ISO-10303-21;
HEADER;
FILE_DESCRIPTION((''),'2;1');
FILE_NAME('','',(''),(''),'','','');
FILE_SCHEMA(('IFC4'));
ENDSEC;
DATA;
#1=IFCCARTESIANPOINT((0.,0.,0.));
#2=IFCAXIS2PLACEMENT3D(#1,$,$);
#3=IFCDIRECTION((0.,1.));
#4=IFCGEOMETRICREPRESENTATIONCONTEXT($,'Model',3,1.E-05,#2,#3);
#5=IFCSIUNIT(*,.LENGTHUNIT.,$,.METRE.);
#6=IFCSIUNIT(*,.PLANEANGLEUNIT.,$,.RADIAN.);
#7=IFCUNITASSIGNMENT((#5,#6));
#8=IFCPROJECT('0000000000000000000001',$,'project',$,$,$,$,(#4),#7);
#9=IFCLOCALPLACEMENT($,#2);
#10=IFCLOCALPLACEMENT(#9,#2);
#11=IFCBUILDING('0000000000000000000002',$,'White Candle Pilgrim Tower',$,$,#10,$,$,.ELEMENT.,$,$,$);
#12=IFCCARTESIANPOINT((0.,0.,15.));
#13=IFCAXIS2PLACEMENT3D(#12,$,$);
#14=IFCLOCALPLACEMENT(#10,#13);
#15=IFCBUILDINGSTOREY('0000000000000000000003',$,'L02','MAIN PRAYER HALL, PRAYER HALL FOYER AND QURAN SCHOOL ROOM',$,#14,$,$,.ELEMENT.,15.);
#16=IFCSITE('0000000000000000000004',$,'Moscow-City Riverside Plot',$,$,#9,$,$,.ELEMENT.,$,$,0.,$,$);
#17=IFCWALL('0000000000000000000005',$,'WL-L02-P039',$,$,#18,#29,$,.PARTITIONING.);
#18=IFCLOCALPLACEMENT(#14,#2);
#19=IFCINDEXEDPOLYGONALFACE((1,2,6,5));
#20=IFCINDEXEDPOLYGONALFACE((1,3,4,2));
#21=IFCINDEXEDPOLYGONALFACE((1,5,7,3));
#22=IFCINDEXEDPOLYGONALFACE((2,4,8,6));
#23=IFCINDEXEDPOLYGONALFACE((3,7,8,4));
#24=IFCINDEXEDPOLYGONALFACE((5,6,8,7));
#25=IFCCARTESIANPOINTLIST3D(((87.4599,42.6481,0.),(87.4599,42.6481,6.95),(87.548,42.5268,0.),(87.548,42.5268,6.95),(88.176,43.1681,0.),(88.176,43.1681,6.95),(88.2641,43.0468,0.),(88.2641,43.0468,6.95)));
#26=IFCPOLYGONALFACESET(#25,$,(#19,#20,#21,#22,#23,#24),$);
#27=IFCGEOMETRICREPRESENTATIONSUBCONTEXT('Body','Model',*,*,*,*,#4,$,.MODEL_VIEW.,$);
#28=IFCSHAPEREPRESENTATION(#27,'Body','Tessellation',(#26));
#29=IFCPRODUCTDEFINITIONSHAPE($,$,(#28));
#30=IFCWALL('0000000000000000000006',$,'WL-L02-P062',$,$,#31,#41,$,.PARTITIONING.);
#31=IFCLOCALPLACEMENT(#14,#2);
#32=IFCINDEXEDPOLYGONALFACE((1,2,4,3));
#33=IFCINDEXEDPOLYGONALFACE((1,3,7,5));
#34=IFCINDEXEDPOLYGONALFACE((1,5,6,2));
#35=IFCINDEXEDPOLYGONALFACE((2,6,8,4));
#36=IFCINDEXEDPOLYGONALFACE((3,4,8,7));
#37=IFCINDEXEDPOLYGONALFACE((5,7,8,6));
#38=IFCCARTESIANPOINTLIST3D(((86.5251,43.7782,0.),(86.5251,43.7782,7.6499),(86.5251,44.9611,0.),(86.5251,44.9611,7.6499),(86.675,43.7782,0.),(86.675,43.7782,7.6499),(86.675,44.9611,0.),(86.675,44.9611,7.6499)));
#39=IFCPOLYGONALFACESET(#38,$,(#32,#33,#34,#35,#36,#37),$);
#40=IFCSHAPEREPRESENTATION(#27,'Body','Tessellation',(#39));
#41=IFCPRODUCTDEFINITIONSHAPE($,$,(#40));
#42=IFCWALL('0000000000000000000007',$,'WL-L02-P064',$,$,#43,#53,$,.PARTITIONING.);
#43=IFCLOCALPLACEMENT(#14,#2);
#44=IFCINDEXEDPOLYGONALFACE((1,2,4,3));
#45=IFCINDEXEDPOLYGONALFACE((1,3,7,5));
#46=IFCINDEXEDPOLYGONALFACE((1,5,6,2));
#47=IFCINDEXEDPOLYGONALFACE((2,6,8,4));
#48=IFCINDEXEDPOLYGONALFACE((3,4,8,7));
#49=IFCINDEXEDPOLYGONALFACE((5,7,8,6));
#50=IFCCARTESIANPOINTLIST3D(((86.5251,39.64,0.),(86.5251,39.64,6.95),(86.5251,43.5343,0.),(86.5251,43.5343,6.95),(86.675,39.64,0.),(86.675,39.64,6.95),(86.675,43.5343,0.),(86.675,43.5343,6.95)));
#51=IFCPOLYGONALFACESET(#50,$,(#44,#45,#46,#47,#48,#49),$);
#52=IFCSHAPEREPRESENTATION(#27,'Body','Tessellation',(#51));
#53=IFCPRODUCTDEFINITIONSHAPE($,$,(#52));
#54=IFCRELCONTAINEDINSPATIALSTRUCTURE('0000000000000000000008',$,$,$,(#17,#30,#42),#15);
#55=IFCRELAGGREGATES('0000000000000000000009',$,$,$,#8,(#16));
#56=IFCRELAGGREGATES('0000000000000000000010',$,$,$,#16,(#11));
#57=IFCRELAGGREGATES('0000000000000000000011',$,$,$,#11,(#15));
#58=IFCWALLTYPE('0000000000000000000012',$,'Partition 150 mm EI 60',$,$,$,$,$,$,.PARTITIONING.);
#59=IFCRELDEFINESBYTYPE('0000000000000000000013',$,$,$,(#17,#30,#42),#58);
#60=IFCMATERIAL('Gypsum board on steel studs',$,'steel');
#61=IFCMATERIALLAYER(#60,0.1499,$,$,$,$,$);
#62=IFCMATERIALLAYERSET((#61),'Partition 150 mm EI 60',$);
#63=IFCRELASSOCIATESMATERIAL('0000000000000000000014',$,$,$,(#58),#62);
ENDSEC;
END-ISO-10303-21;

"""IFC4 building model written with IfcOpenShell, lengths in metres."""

from ifc_helpers import new_model, si_unit, direction, frame, frame_2d, origin, place, context, subcontext, project, spatial, rectangle, extrude, material, layer, layer_set, type_object, element, save


model = new_model("IFC4")

# Units and contexts
model_context = context("Model", 3, precision=1e-05, world=origin(), true_north=direction((0.0, 1.0)))
body_context = subcontext(model_context, "Body", "Model", "MODEL_VIEW")
ifc_project = project(units=[si_unit("LENGTHUNIT", "METRE"), si_unit("PLANEANGLEUNIT", "RADIAN")], contexts=[model_context])

# Site, building, storey
site_placement = place(None, origin())
site = spatial("IfcSite", under=ifc_project, at=site_placement, Name="Moscow-City Riverside Plot", CompositionType="ELEMENT", RefElevation=0.0)
building_placement = place(site_placement, origin())
building = spatial("IfcBuilding", under=site, at=building_placement, Name="White Candle Pilgrim Tower", CompositionType="ELEMENT")
storey_placement = place(building_placement, frame((0.0, 0.0, 15.0)))
storey = spatial("IfcBuildingStorey", under=building, at=storey_placement, Name="L02", Description="MAIN PRAYER HALL, PRAYER HALL FOYER AND QURAN SCHOOL ROOM", CompositionType="ELEMENT", Elevation=15.0)

# Shared definitions
ifc_material_1 = material(Name="Gypsum board on steel studs", Category="steel")
ifc_layer_1 = layer(ifc_material_1, 0.1499)
ifc_layer_set_1 = layer_set([ifc_layer_1], Name="Partition 150 mm EI 60")
wall_type_1 = type_object("IfcWallType", Name="Partition 150 mm EI 60", PredefinedType="PARTITIONING", material=ifc_layer_set_1)

# Walls
wall_1_placement = place(storey_placement, frame((88.22, 43.1074, 0.0), z_axis=(0.0, 0.0, 1.0), x_axis=(-0.809142, -0.587614, 0.0)))
element("IfcWall", 1, at=wall_1_placement, inside=storey, type_object=wall_type_1, Name="WL-L02-P039", PredefinedType="PARTITIONING", context=body_context, shape_type="SweptSolid", body=[
    extrude(rectangle(XDim=0.885, YDim=0.1499, at=frame_2d((0.4424, 0.0))), origin(), (0.0, 0.0, 1.0), 6.95),
])
wall_2_placement = place(storey_placement, frame((86.6001, 43.7783, 0.0), z_axis=(0.0, 0.0, 1.0), x_axis=(0.0, 1.0, 0.0)))
element("IfcWall", 2, at=wall_2_placement, inside=storey, type_object=wall_type_1, Name="WL-L02-P062", PredefinedType="PARTITIONING", context=body_context, shape_type="SweptSolid", body=[
    extrude(rectangle(XDim=1.1829, YDim=0.1499, at=frame_2d((0.5913, 0.0))), origin(), (0.0, 0.0, 1.0), 7.6499),
])
wall_3_placement = place(storey_placement, frame((86.6001, 39.6399, 0.0), z_axis=(0.0, 0.0, 1.0), x_axis=(0.0, 1.0, 0.0)))
element("IfcWall", 3, at=wall_3_placement, inside=storey, type_object=wall_type_1, Name="WL-L02-P064", PredefinedType="PARTITIONING", context=body_context, shape_type="SweptSolid", body=[
    extrude(rectangle(XDim=3.8943, YDim=0.1499, at=frame_2d((1.9473, 0.0))), origin(), (0.0, 0.0, 1.0), 6.95),
])

save(model, "model.ifc")
